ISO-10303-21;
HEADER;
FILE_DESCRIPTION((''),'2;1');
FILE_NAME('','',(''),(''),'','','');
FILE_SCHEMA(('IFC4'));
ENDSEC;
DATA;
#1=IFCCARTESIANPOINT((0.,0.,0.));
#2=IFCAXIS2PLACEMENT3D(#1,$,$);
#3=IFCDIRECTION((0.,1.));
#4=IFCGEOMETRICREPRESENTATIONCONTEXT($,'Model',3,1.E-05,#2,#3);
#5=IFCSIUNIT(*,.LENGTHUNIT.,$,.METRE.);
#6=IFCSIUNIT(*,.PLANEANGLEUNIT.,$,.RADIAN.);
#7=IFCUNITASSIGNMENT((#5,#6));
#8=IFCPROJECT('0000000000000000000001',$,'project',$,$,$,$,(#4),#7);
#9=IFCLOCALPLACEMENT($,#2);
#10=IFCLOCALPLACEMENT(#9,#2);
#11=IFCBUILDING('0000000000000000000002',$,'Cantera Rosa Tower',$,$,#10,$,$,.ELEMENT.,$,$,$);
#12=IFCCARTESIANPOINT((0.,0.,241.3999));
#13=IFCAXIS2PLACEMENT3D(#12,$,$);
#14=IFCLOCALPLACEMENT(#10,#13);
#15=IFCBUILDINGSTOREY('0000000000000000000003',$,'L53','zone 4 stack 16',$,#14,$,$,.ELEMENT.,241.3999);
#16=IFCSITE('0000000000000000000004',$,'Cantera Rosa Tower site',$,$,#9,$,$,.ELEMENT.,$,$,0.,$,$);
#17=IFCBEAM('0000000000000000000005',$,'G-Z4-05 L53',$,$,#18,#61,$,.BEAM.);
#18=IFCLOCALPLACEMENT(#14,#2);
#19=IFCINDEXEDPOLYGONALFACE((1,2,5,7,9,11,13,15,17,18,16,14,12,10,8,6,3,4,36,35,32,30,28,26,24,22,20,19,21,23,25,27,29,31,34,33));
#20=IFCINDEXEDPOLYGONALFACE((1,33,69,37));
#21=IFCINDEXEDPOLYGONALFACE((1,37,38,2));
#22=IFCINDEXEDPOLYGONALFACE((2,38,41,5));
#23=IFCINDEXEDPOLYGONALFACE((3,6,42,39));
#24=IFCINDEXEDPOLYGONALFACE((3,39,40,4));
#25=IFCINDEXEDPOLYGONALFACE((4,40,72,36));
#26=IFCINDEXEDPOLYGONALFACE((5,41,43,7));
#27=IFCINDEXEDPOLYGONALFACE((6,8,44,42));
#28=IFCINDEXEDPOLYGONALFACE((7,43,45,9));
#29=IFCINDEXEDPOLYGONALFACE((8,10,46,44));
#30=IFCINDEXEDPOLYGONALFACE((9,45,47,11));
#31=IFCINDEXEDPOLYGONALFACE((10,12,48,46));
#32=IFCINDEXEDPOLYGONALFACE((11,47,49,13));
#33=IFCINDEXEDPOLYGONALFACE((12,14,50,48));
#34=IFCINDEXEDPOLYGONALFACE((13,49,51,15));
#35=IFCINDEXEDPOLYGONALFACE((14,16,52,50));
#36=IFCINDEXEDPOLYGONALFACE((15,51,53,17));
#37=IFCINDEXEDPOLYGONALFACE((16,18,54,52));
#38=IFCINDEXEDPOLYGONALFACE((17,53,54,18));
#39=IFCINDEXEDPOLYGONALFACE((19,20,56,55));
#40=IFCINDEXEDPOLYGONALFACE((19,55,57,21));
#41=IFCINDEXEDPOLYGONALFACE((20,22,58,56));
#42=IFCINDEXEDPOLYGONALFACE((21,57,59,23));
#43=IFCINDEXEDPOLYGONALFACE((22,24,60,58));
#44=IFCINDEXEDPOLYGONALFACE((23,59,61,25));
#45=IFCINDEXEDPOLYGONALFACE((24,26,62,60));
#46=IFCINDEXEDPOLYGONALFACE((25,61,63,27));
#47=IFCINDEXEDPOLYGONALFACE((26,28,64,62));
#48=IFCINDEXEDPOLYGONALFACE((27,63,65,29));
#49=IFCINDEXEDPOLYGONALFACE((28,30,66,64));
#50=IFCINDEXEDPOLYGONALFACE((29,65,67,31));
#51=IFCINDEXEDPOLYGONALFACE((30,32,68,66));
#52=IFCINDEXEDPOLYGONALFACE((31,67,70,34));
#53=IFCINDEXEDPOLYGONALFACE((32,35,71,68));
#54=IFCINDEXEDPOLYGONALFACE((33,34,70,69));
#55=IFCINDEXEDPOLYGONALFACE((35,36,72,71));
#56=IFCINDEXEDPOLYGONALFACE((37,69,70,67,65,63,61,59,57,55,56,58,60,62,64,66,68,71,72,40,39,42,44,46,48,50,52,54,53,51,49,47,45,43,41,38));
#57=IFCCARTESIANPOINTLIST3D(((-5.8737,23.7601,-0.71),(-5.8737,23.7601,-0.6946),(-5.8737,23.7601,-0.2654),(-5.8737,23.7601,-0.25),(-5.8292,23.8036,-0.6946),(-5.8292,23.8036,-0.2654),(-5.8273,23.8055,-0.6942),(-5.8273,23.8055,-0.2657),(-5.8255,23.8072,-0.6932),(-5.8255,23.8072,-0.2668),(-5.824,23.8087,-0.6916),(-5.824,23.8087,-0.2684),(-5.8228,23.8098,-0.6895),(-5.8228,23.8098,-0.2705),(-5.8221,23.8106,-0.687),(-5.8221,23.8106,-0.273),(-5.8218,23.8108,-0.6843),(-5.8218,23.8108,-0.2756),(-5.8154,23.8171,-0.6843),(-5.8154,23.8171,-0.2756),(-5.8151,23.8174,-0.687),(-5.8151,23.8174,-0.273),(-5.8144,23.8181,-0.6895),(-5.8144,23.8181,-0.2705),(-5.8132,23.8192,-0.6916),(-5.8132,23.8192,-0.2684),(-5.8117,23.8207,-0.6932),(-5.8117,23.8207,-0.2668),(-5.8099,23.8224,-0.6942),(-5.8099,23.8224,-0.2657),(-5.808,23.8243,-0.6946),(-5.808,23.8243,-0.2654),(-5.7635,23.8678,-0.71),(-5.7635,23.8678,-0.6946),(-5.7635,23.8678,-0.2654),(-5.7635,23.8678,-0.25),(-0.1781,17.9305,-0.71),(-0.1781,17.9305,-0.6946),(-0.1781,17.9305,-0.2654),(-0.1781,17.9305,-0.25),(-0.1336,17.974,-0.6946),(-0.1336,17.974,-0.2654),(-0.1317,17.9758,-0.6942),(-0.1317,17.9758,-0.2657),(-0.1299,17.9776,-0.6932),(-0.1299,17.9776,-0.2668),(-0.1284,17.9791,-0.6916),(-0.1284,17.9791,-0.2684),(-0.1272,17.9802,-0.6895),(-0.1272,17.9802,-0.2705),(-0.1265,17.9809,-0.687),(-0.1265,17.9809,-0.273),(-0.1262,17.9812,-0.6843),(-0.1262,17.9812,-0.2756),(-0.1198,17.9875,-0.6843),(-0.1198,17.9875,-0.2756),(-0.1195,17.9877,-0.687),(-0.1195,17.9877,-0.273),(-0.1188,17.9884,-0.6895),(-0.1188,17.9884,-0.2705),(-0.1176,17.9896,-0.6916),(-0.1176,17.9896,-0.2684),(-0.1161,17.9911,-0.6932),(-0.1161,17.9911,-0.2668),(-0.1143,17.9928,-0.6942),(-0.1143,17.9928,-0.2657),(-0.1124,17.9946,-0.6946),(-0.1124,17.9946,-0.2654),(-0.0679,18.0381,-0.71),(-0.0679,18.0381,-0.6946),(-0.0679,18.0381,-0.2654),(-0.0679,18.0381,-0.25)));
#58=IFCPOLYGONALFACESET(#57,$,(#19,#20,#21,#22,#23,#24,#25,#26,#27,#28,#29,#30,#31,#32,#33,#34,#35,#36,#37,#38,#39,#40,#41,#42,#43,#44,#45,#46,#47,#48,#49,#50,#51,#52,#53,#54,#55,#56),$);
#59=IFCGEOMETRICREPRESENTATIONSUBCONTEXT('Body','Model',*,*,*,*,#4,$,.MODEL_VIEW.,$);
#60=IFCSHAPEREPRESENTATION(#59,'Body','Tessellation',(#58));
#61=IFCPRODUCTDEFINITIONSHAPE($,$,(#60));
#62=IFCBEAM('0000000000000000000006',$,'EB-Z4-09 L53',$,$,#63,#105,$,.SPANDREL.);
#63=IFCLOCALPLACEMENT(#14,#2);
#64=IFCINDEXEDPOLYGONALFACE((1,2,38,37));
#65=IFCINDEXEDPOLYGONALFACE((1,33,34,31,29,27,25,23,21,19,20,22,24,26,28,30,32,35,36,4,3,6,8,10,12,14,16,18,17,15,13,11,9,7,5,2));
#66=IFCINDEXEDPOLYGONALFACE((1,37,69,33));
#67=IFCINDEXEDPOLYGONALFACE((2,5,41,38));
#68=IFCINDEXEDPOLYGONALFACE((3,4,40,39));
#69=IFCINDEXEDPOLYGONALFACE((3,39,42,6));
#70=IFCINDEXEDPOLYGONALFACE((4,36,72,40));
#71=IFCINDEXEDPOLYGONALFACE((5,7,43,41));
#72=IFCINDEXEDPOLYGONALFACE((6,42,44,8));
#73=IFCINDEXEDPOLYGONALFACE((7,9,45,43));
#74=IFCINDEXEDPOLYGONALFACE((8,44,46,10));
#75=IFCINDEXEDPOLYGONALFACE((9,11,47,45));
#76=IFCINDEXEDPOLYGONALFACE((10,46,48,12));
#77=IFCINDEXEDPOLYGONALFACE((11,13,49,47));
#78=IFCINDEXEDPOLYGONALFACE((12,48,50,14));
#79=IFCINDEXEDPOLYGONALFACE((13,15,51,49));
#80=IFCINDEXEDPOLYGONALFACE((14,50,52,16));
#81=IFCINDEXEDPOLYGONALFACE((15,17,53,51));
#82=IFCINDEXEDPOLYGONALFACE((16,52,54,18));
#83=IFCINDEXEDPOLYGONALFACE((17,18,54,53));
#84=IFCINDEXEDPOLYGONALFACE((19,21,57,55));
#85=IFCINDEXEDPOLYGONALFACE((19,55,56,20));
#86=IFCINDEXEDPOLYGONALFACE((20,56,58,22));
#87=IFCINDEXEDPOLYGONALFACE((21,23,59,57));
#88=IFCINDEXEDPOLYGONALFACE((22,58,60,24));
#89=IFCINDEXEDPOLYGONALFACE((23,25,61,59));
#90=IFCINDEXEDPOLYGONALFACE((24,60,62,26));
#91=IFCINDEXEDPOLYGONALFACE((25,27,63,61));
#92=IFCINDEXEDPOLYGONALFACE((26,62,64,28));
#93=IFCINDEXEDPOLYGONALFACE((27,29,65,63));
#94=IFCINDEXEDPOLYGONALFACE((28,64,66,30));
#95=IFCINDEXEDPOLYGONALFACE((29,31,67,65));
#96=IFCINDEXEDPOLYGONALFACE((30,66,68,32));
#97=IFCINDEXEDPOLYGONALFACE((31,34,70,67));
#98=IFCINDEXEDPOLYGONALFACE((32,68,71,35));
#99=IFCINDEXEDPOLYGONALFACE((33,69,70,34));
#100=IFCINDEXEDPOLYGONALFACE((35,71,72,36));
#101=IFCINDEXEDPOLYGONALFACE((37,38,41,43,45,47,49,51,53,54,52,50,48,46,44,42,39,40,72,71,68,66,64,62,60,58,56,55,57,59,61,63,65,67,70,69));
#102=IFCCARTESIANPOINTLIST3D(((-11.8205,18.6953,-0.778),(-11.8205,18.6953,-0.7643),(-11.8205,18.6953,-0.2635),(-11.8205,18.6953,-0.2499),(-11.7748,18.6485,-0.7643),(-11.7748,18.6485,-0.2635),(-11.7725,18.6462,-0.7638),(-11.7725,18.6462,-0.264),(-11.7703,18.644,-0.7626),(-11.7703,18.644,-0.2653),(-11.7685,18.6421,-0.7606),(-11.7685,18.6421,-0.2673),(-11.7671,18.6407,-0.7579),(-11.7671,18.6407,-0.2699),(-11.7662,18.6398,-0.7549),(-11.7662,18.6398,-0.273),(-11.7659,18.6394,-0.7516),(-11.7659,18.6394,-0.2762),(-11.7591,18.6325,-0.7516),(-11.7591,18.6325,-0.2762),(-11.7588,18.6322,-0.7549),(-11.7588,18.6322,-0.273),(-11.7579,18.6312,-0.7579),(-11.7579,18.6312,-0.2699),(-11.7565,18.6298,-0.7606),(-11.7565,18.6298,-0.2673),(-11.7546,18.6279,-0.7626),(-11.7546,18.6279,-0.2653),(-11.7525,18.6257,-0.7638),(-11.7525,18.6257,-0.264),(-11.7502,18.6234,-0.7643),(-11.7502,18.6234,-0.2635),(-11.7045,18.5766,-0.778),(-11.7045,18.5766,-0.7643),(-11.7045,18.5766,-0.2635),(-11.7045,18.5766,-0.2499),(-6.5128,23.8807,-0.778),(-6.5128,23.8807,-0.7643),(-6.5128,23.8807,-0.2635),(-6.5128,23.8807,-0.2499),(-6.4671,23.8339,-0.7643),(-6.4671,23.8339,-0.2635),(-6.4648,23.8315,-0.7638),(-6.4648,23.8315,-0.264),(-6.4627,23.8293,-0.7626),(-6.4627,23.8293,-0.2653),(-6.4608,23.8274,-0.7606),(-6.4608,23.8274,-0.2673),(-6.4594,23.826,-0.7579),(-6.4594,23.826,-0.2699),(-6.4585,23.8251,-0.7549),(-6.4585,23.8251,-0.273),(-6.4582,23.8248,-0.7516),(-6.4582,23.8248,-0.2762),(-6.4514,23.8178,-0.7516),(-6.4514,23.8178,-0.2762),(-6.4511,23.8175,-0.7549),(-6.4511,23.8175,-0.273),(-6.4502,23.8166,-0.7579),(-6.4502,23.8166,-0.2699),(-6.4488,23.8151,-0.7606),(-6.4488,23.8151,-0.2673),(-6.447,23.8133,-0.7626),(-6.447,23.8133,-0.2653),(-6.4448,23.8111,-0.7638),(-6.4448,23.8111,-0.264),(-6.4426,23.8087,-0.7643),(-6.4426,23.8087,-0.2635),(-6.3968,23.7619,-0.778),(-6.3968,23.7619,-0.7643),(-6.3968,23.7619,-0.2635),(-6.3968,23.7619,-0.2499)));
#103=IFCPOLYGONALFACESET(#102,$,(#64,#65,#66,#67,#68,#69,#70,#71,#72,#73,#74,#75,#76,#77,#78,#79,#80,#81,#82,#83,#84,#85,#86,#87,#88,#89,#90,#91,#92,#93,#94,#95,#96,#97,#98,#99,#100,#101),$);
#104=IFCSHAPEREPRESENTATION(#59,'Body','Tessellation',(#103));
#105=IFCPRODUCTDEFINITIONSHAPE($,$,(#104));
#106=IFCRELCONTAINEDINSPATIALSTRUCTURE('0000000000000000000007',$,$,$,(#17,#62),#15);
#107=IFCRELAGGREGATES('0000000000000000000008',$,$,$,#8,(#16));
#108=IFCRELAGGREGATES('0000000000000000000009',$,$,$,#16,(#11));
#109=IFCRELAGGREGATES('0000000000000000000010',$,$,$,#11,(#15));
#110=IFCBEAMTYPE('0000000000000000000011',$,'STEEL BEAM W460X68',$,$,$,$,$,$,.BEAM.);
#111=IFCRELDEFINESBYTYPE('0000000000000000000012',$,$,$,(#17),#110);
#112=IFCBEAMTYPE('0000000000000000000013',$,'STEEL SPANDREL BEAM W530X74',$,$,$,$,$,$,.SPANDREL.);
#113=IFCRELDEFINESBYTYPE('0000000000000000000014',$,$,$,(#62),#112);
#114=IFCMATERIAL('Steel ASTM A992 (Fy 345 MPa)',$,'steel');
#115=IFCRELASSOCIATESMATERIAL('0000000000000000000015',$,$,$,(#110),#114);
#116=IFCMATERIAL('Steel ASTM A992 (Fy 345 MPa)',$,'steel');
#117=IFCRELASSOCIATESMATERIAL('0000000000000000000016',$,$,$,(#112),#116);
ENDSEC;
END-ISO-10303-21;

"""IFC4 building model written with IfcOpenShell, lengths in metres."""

from ifc_helpers import new_model, si_unit, direction, frame, origin, origin_2d, place, context, subcontext, project, spatial, i_section, extrude, material, material_profile, profile_set, type_object, element, save


model = new_model("IFC4")

# Units and contexts
model_context = context("Model", 3, precision=1e-05, world=origin(), true_north=direction((0.0, 1.0)))
body_context = subcontext(model_context, "Body", "Model", "MODEL_VIEW")
ifc_project = project(units=[si_unit("LENGTHUNIT", "METRE"), si_unit("PLANEANGLEUNIT", "RADIAN")], contexts=[model_context])

# Site, building, storey
site_placement = place(None, origin())
site = spatial("IfcSite", under=ifc_project, at=site_placement, Name="Cantera Rosa Tower site", CompositionType="ELEMENT", RefElevation=0.0)
building_placement = place(site_placement, origin())
building = spatial("IfcBuilding", under=site, at=building_placement, Name="Cantera Rosa Tower", CompositionType="ELEMENT")
storey_placement = place(building_placement, frame((0.0, 0.0, 241.3999)))
storey = spatial("IfcBuildingStorey", under=building, at=storey_placement, Name="L53", Description="zone 4 stack 16", CompositionType="ELEMENT", Elevation=241.3999)

# Beams
ifc_material_1 = material(Name="Steel ASTM A992 (Fy 345 MPa)", Category="steel")
ifc_material_profile_1 = material_profile(ifc_material_1, i_section(OverallWidth=0.1541, OverallDepth=0.46, WebThickness=0.009, FlangeThickness=0.0154, FilletRadius=0.0103, at=origin_2d()), Name="W460X68")
ifc_profile_set_1 = profile_set([ifc_material_profile_1], Name="Steel ASTM A992 (Fy 345 MPa)")
beam_type_1 = type_object("IfcBeamType", Name="STEEL BEAM W460X68", PredefinedType="BEAM", material=ifc_profile_set_1)
beam_1_placement = place(storey_placement, frame((-5.8186, 23.814, -0.48), z_axis=(0.698836, -0.715282, 0.0), x_axis=(0.715282, 0.698836, 0.0)))
element("IfcBeam", 1, at=beam_1_placement, inside=storey, type_object=beam_type_1, Name="G-Z4-05 L53", PredefinedType="BEAM", context=body_context, shape_type="SweptSolid", body=[
    extrude(i_section(OverallWidth=0.1541, OverallDepth=0.46, WebThickness=0.009, FlangeThickness=0.0154, FilletRadius=0.0103, at=origin_2d()), origin(), (0.0, 0.0, 1.0), 8.1501),
])
ifc_material_2 = material(Name="Steel ASTM A992 (Fy 345 MPa)", Category="steel")
ifc_material_profile_2 = material_profile(ifc_material_2, i_section(OverallWidth=0.166, OverallDepth=0.5281, WebThickness=0.0098, FlangeThickness=0.0137, FilletRadius=0.0127, at=origin_2d()), Name="W530X74")
ifc_profile_set_2 = profile_set([ifc_material_profile_2], Name="Steel ASTM A992 (Fy 345 MPa)")
beam_type_2 = type_object("IfcBeamType", Name="STEEL SPANDREL BEAM W530X74", PredefinedType="SPANDREL", material=ifc_profile_set_2)
beam_2_placement = place(storey_placement, frame((-6.4548, 23.8213, -0.5139), z_axis=(-0.715301, -0.698817, 0.0), x_axis=(0.698817, -0.715301, 0.0)))
element("IfcBeam", 2, at=beam_2_placement, inside=storey, type_object=beam_type_2, Name="EB-Z4-09 L53", PredefinedType="SPANDREL", context=body_context, shape_type="SweptSolid", body=[
    extrude(i_section(OverallWidth=0.166, OverallDepth=0.5281, WebThickness=0.0098, FlangeThickness=0.0137, FilletRadius=0.0127, at=origin_2d()), origin(), (0.0, 0.0, 1.0), 7.4202),
])

save(model, "model.ifc")
